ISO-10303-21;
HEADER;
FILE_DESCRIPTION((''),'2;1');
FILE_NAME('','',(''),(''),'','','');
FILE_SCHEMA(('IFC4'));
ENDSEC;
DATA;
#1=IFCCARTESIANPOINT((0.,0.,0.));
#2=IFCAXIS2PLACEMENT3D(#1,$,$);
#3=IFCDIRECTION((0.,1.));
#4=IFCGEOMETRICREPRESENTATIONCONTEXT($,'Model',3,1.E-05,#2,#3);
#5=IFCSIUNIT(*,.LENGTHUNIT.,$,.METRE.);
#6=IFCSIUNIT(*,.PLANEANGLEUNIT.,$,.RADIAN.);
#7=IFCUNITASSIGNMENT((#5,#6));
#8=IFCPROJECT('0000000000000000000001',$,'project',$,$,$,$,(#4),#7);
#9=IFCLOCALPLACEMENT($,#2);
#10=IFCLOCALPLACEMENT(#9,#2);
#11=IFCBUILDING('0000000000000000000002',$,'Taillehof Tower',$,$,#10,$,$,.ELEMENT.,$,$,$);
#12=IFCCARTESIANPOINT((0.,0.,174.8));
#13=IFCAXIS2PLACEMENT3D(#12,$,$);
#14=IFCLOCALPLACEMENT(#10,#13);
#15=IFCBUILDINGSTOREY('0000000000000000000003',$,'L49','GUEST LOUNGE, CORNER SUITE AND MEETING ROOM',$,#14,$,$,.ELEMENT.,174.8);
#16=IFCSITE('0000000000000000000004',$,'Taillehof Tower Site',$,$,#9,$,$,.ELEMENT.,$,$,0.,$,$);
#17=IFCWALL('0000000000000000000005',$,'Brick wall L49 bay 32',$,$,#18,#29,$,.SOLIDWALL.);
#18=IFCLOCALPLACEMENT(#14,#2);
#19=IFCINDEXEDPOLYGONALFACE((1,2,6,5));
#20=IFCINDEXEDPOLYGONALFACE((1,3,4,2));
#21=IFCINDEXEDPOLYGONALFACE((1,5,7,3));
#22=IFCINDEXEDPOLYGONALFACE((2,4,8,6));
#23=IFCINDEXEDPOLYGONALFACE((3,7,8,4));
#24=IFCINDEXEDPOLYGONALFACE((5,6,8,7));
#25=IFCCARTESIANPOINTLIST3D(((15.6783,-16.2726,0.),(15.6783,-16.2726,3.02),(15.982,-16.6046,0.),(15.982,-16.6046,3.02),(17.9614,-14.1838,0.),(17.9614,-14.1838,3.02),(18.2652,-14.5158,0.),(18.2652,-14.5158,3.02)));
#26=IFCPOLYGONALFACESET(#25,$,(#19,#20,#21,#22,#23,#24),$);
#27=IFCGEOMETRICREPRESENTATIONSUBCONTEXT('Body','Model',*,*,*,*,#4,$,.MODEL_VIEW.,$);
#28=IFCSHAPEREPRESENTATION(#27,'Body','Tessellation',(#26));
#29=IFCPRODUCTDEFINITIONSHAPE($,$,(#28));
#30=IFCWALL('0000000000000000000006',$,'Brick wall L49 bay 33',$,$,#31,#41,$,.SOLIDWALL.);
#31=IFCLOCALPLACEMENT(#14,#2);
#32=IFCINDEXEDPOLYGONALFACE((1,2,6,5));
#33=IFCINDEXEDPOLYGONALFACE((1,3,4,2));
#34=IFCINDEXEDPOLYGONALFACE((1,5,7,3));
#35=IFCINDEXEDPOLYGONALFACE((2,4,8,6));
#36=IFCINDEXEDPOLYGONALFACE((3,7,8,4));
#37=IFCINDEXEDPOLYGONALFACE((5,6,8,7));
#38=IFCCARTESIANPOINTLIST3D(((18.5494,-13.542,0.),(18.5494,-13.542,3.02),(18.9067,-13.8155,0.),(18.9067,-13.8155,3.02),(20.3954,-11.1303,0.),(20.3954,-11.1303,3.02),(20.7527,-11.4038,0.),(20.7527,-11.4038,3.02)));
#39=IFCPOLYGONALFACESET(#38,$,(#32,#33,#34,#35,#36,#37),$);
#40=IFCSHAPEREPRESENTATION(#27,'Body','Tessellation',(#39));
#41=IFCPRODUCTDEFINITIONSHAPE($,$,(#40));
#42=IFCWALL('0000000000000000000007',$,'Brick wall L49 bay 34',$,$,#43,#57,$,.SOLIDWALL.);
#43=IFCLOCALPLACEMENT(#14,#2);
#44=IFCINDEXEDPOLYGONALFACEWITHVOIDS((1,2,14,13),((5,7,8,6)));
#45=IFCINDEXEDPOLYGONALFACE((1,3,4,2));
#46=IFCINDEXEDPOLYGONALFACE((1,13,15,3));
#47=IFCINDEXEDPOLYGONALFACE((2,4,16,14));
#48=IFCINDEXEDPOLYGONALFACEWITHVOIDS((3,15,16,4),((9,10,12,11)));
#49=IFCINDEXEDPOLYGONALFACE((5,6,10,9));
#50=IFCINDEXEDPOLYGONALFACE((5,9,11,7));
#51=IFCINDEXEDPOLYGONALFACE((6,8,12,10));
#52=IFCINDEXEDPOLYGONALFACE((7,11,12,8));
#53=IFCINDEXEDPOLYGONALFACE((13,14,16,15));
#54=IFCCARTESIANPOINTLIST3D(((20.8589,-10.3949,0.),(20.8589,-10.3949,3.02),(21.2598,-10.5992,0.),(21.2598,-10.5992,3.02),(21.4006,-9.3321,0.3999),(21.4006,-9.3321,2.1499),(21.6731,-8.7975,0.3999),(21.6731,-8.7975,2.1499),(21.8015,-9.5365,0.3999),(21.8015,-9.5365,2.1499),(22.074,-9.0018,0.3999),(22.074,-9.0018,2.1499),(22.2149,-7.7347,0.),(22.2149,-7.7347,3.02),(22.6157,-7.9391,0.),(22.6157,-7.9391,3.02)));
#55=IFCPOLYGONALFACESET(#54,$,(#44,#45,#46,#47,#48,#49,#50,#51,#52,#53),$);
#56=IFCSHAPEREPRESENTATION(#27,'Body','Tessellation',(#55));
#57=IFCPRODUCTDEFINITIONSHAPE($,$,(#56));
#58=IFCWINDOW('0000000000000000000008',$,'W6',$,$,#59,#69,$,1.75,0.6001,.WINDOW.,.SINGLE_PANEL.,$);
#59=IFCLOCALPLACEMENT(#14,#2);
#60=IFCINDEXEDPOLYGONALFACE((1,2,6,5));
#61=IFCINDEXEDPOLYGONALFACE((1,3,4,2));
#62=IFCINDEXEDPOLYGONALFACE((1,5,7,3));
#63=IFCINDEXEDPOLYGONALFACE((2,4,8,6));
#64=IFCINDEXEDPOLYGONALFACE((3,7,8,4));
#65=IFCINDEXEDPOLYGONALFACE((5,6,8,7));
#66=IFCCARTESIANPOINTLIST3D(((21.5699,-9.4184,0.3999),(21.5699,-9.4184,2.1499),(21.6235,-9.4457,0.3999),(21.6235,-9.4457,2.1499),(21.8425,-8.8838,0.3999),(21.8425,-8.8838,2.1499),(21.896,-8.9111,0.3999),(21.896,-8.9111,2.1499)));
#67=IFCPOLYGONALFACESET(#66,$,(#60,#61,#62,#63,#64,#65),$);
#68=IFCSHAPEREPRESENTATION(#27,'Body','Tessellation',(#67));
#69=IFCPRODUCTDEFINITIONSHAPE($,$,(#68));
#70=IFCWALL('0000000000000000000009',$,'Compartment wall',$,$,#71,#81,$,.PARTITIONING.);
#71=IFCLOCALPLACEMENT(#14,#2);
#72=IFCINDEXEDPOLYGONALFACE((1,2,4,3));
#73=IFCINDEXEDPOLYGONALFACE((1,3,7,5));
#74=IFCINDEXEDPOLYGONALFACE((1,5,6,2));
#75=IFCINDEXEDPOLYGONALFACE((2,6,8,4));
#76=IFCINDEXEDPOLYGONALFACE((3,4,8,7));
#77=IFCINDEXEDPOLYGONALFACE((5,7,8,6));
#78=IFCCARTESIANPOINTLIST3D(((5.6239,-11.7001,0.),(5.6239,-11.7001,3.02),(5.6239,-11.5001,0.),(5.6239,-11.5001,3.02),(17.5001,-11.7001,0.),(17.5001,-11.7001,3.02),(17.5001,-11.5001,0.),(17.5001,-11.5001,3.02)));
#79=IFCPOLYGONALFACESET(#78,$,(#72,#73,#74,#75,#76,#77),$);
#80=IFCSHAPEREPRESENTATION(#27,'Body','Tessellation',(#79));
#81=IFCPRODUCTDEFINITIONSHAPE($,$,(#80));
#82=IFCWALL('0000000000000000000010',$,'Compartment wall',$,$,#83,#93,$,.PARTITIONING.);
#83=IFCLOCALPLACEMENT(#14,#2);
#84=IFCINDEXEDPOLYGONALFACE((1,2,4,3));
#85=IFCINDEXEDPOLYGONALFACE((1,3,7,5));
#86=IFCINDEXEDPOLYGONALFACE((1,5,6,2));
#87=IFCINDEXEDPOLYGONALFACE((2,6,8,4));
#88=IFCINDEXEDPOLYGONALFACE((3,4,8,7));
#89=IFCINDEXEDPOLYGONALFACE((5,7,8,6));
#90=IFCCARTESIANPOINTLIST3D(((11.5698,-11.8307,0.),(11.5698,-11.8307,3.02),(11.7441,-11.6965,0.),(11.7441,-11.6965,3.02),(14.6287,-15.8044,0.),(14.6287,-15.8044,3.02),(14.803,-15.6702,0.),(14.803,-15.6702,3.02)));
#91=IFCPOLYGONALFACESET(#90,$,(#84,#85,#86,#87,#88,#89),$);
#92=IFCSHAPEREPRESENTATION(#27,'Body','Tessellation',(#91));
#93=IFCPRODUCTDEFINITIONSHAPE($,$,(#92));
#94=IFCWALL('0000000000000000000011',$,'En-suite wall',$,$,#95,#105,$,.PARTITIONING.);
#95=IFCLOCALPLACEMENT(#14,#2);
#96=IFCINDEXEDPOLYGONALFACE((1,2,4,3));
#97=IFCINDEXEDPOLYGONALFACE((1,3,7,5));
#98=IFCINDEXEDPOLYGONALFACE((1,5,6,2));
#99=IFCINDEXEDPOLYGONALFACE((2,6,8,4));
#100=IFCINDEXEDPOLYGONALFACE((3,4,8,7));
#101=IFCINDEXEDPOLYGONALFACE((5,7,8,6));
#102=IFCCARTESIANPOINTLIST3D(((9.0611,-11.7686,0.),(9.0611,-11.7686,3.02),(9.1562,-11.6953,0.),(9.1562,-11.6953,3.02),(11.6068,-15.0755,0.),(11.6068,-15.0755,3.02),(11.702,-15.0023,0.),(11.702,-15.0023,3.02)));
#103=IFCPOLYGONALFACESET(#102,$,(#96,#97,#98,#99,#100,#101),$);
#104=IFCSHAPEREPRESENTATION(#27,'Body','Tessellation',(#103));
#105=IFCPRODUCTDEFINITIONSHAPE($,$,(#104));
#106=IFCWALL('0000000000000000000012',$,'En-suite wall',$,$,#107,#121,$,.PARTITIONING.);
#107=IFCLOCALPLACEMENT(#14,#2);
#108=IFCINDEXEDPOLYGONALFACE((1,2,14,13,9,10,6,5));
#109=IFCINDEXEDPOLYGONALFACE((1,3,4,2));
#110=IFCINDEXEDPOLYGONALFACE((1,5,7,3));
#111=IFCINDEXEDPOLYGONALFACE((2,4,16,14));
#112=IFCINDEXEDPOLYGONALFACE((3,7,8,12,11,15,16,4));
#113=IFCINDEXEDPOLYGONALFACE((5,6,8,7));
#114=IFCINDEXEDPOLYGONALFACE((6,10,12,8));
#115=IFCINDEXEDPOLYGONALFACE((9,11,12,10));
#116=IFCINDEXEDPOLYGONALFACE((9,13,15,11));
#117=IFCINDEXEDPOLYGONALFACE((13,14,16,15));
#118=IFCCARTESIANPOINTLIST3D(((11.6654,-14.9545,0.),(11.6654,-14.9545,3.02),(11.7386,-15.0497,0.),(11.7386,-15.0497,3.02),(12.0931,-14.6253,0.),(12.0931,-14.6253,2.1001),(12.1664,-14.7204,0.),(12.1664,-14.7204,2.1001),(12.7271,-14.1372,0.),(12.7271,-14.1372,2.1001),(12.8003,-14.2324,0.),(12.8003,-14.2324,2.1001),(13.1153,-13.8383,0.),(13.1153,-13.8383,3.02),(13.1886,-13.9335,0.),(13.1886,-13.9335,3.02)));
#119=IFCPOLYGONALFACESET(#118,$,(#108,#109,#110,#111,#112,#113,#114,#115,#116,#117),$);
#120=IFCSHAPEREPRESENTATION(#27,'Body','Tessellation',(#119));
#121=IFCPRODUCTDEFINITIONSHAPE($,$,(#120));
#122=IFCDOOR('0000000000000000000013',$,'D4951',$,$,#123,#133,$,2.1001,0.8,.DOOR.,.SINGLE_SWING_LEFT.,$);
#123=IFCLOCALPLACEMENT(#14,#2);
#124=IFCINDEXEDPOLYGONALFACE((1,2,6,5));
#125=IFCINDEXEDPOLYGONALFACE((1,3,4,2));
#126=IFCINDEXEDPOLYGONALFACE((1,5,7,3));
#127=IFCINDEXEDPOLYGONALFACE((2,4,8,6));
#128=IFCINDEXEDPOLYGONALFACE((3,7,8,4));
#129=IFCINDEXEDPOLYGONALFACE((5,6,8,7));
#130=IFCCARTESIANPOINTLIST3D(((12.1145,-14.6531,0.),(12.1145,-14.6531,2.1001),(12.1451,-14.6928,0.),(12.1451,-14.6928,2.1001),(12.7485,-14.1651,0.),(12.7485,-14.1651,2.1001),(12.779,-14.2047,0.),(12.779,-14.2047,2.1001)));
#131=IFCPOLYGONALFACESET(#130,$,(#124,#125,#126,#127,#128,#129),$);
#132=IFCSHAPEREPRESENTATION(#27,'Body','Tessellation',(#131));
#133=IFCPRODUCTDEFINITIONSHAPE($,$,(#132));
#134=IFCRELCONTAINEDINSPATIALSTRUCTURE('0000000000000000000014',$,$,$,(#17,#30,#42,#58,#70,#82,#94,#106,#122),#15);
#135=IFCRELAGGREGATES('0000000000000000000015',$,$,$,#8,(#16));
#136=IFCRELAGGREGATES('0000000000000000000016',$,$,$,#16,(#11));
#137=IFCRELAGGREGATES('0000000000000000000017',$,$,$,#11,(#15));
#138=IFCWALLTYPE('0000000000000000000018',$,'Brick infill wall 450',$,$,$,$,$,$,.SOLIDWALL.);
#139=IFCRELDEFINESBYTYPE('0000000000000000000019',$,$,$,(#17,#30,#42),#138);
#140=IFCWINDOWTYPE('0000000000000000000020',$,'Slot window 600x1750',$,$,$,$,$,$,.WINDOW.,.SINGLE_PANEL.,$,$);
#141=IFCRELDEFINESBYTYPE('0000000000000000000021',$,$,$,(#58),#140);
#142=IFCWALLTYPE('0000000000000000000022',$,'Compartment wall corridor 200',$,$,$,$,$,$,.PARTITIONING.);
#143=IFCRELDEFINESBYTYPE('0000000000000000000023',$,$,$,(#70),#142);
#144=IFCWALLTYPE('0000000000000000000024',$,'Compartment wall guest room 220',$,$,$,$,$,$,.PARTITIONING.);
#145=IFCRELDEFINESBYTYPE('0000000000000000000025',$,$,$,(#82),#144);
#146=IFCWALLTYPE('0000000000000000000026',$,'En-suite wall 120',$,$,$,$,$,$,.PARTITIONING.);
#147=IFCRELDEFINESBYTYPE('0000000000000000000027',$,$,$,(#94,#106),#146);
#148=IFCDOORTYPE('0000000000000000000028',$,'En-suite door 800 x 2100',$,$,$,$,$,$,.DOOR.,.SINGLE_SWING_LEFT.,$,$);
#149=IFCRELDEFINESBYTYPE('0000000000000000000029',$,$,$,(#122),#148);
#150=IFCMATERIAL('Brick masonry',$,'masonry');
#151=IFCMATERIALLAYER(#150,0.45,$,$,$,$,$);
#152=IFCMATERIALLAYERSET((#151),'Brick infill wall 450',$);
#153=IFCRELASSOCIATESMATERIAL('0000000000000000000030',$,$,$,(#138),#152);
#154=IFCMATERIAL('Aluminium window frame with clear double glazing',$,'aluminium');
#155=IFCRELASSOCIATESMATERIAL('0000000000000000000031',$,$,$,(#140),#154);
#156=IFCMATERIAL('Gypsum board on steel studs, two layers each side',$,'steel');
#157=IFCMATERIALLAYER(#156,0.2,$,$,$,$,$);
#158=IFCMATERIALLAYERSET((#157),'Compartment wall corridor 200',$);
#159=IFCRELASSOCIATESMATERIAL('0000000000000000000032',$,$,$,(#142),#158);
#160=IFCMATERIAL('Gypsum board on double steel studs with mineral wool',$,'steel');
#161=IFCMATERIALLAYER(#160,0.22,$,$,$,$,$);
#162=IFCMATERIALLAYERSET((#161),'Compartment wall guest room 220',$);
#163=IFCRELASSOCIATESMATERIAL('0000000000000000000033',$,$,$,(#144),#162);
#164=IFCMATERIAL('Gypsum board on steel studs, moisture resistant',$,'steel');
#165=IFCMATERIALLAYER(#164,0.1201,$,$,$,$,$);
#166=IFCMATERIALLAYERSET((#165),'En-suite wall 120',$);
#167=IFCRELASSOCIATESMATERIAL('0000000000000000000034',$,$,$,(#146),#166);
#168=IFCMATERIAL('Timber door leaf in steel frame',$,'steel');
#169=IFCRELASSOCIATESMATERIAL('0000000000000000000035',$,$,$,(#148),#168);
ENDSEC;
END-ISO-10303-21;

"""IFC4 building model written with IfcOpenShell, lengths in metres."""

from ifc_helpers import new_model, si_unit, direction, frame, frame_2d, origin, place, context, subcontext, project, spatial, rectangle, extrude, material, layer, layer_set, type_object, element, fill, save


model = new_model("IFC4")

# Units and contexts
model_context = context("Model", 3, precision=1e-05, world=origin(), true_north=direction((0.0, 1.0)))
body_context = subcontext(model_context, "Body", "Model", "MODEL_VIEW")
ifc_project = project(units=[si_unit("LENGTHUNIT", "METRE"), si_unit("PLANEANGLEUNIT", "RADIAN")], contexts=[model_context])

# Site, building, storey
site_placement = place(None, origin())
site = spatial("IfcSite", under=ifc_project, at=site_placement, Name="Taillehof Tower Site", CompositionType="ELEMENT", RefElevation=0.0)
building_placement = place(site_placement, origin())
building = spatial("IfcBuilding", under=site, at=building_placement, Name="Taillehof Tower", CompositionType="ELEMENT")
storey_placement = place(building_placement, frame((0.0, 0.0, 174.8)))
storey = spatial("IfcBuildingStorey", under=building, at=storey_placement, Name="L49", Description="GUEST LOUNGE, CORNER SUITE AND MEETING ROOM", CompositionType="ELEMENT", Elevation=174.8)

# Shared definitions
ifc_material_1 = material(Name="Brick masonry", Category="masonry")
ifc_layer_1 = layer(ifc_material_1, 0.45)
ifc_layer_set_1 = layer_set([ifc_layer_1], Name="Brick infill wall 450")
wall_type_1 = type_object("IfcWallType", Name="Brick infill wall 450", PredefinedType="SOLIDWALL", material=ifc_layer_set_1)

# Walls
wall_1_placement = place(storey_placement, frame((15.8301, -16.4387, 0.0), z_axis=(0.0, 0.0, 1.0), x_axis=(0.737809, 0.67501, 0.0)))
element("IfcWall", 1, at=wall_1_placement, inside=storey, type_object=wall_type_1, Name="Brick wall L49 bay 32", PredefinedType="SOLIDWALL", context=body_context, shape_type="SweptSolid", body=[
    extrude(rectangle(XDim=3.0945, YDim=0.45, at=frame_2d((1.5474, 0.0))), origin(), (0.0, 0.0, 1.0), 3.02),
])
wall_2_placement = place(storey_placement, frame((18.728, -13.6787, 0.0), z_axis=(0.0, 0.0, 1.0), x_axis=(0.607817, 0.794077, 0.0)))
element("IfcWall", 2, at=wall_2_placement, inside=storey, type_object=wall_type_1, Name="Brick wall L49 bay 33", PredefinedType="SOLIDWALL", context=body_context, shape_type="SweptSolid", body=[
    extrude(rectangle(XDim=3.0371, YDim=0.45, at=frame_2d((1.5186, 0.0))), origin(), (0.0, 0.0, 1.0), 3.02),
])

# Wall, opening, window
wall_3_placement = place(storey_placement, frame((21.0593, -10.4971, 0.0), z_axis=(0.0, 0.0, 1.0), x_axis=(0.454134, 0.890933, 0.0)))
wall_3 = element("IfcWall", 3, at=wall_3_placement, inside=storey, type_object=wall_type_1, Name="Brick wall L49 bay 34", PredefinedType="SOLIDWALL", context=body_context, shape_type="SweptSolid", body=[
    extrude(rectangle(XDim=2.9858, YDim=0.45, at=frame_2d((1.4929, 0.0))), origin(), (0.0, 0.0, 1.0), 3.02),
])
opening_1_placement = place(wall_3_placement, frame((1.1929, 0.0, 0.3999)))
opening_1 = element("IfcOpeningElement", 4, at=opening_1_placement, cuts=wall_3, PredefinedType="OPENING", context=body_context, shape_type="SweptSolid", body=[
    extrude(rectangle(XDim=0.6001, YDim=1.75, at=frame_2d((0.3, 0.875))), frame((0.0, 0.2349, 0.0), z_axis=(0.0, -1.0, 0.0), x_axis=(1.0, 0.0, 0.0)), (0.0, 0.0, 1.0), 0.47),
])
ifc_material_2 = material(Name="Aluminium window frame with clear double glazing", Category="aluminium")
window_type_1 = type_object("IfcWindowType", Name="Slot window 600x1750", PartitioningType="SINGLE_PANEL", PredefinedType="WINDOW", material=ifc_material_2)
window_1_placement = place(opening_1_placement, origin())
window_1 = element("IfcWindow", 5, at=window_1_placement, inside=storey, type_object=window_type_1, Name="W6", OverallHeight=1.75, OverallWidth=0.6001, PartitioningType="SINGLE_PANEL", PredefinedType="WINDOW", context=body_context, shape_type="SweptSolid", body=[
    extrude(rectangle(XDim=0.6001, YDim=1.75, at=frame_2d((0.3, 0.875))), frame((0.0, 0.0349, 0.0), z_axis=(0.0, -1.0, 0.0), x_axis=(1.0, 0.0, 0.0)), (0.0, 0.0, 1.0), 0.0601),
])
fill(opening_1, window_1)

# Walls
ifc_material_3 = material(Name="Gypsum board on steel studs, two layers each side", Category="steel")
ifc_layer_2 = layer(ifc_material_3, 0.2)
ifc_layer_set_2 = layer_set([ifc_layer_2], Name="Compartment wall corridor 200")
wall_type_2 = type_object("IfcWallType", Name="Compartment wall corridor 200", PredefinedType="PARTITIONING", material=ifc_layer_set_2)
wall_4_placement = place(storey_placement, frame((17.5, -11.6001, 0.0), z_axis=(0.0, 0.0, 1.0), x_axis=(-1.0, 0.0, 0.0)))
element("IfcWall", 6, at=wall_4_placement, inside=storey, type_object=wall_type_2, Name="Compartment wall", PredefinedType="PARTITIONING", context=body_context, shape_type="SweptSolid", body=[
    extrude(rectangle(XDim=11.8762, YDim=0.2, at=frame_2d((5.938, 0.0))), origin(), (0.0, 0.0, 1.0), 3.02),
])
ifc_material_4 = material(Name="Gypsum board on double steel studs with mineral wool", Category="steel")
ifc_layer_3 = layer(ifc_material_4, 0.22)
ifc_layer_set_3 = layer_set([ifc_layer_3], Name="Compartment wall guest room 220")
wall_type_3 = type_object("IfcWallType", Name="Compartment wall guest room 220", PredefinedType="PARTITIONING", material=ifc_layer_set_3)
wall_5_placement = place(storey_placement, frame((14.7158, -15.7373, 0.0), z_axis=(0.0, 0.0, 1.0), x_axis=(-0.609986, 0.792412, 0.0)))
element("IfcWall", 7, at=wall_5_placement, inside=storey, type_object=wall_type_3, Name="Compartment wall", PredefinedType="PARTITIONING", context=body_context, shape_type="SweptSolid", body=[
    extrude(rectangle(XDim=5.0146, YDim=0.22, at=frame_2d((2.5073, 0.0))), origin(), (0.0, 0.0, 1.0), 3.02),
])
ifc_material_5 = material(Name="Gypsum board on steel studs, moisture resistant", Category="steel")
ifc_layer_4 = layer(ifc_material_5, 0.1201)
ifc_layer_set_4 = layer_set([ifc_layer_4], Name="En-suite wall 120")
wall_type_4 = type_object("IfcWallType", Name="En-suite wall 120", PredefinedType="PARTITIONING", material=ifc_layer_set_4)
wall_6_placement = place(storey_placement, frame((9.1086, -11.7319, 0.0), z_axis=(0.0, 0.0, 1.0), x_axis=(0.609996, -0.792404, 0.0)))
element("IfcWall", 8, at=wall_6_placement, inside=storey, type_object=wall_type_4, Name="En-suite wall", PredefinedType="PARTITIONING", context=body_context, shape_type="SweptSolid", body=[
    extrude(rectangle(XDim=4.1733, YDim=0.1201, at=frame_2d((2.0867, 0.0))), origin(), (0.0, 0.0, 1.0), 3.02),
])

# Wall, opening, door
wall_7_placement = place(storey_placement, frame((11.7019, -15.0022, 0.0), z_axis=(0.0, 0.0, 1.0), x_axis=(0.792396, 0.610007, 0.0)))
wall_7 = element("IfcWall", 9, at=wall_7_placement, inside=storey, type_object=wall_type_4, Name="En-suite wall", PredefinedType="PARTITIONING", context=body_context, shape_type="SweptSolid", body=[
    extrude(rectangle(XDim=1.8298, YDim=0.1201, at=frame_2d((0.915, 0.0))), origin(), (0.0, 0.0, 1.0), 3.02),
])
opening_2_placement = place(wall_7_placement, frame((0.54, 0.0, 0.0)))
opening_2 = element("IfcOpeningElement", 10, at=opening_2_placement, cuts=wall_7, PredefinedType="OPENING", context=body_context, shape_type="SweptSolid", body=[
    extrude(rectangle(XDim=0.8, YDim=2.1001, at=frame_2d((0.3999, 1.05))), frame((0.0, 0.0701, 0.0), z_axis=(0.0, -1.0, 0.0), x_axis=(1.0, 0.0, 0.0)), (0.0, 0.0, 1.0), 0.1401),
])
ifc_material_6 = material(Name="Timber door leaf in steel frame", Category="steel")
door_type = type_object("IfcDoorType", Name="En-suite door 800 x 2100", OperationType="SINGLE_SWING_LEFT", PredefinedType="DOOR", material=ifc_material_6)
door_placement = place(opening_2_placement, origin())
door = element("IfcDoor", 11, at=door_placement, inside=storey, type_object=door_type, Name="D4951", OperationType="SINGLE_SWING_LEFT", OverallHeight=2.1001, OverallWidth=0.8, PredefinedType="DOOR", context=body_context, shape_type="SweptSolid", body=[
    extrude(rectangle(XDim=0.8, YDim=2.1001, at=frame_2d((0.3999, 1.05))), frame((0.0, 0.0249, 0.0), z_axis=(0.0, -1.0, 0.0), x_axis=(1.0, 0.0, 0.0)), (0.0, 0.0, 1.0), 0.05),
])
fill(opening_2, door)

save(model, "model.ifc")
